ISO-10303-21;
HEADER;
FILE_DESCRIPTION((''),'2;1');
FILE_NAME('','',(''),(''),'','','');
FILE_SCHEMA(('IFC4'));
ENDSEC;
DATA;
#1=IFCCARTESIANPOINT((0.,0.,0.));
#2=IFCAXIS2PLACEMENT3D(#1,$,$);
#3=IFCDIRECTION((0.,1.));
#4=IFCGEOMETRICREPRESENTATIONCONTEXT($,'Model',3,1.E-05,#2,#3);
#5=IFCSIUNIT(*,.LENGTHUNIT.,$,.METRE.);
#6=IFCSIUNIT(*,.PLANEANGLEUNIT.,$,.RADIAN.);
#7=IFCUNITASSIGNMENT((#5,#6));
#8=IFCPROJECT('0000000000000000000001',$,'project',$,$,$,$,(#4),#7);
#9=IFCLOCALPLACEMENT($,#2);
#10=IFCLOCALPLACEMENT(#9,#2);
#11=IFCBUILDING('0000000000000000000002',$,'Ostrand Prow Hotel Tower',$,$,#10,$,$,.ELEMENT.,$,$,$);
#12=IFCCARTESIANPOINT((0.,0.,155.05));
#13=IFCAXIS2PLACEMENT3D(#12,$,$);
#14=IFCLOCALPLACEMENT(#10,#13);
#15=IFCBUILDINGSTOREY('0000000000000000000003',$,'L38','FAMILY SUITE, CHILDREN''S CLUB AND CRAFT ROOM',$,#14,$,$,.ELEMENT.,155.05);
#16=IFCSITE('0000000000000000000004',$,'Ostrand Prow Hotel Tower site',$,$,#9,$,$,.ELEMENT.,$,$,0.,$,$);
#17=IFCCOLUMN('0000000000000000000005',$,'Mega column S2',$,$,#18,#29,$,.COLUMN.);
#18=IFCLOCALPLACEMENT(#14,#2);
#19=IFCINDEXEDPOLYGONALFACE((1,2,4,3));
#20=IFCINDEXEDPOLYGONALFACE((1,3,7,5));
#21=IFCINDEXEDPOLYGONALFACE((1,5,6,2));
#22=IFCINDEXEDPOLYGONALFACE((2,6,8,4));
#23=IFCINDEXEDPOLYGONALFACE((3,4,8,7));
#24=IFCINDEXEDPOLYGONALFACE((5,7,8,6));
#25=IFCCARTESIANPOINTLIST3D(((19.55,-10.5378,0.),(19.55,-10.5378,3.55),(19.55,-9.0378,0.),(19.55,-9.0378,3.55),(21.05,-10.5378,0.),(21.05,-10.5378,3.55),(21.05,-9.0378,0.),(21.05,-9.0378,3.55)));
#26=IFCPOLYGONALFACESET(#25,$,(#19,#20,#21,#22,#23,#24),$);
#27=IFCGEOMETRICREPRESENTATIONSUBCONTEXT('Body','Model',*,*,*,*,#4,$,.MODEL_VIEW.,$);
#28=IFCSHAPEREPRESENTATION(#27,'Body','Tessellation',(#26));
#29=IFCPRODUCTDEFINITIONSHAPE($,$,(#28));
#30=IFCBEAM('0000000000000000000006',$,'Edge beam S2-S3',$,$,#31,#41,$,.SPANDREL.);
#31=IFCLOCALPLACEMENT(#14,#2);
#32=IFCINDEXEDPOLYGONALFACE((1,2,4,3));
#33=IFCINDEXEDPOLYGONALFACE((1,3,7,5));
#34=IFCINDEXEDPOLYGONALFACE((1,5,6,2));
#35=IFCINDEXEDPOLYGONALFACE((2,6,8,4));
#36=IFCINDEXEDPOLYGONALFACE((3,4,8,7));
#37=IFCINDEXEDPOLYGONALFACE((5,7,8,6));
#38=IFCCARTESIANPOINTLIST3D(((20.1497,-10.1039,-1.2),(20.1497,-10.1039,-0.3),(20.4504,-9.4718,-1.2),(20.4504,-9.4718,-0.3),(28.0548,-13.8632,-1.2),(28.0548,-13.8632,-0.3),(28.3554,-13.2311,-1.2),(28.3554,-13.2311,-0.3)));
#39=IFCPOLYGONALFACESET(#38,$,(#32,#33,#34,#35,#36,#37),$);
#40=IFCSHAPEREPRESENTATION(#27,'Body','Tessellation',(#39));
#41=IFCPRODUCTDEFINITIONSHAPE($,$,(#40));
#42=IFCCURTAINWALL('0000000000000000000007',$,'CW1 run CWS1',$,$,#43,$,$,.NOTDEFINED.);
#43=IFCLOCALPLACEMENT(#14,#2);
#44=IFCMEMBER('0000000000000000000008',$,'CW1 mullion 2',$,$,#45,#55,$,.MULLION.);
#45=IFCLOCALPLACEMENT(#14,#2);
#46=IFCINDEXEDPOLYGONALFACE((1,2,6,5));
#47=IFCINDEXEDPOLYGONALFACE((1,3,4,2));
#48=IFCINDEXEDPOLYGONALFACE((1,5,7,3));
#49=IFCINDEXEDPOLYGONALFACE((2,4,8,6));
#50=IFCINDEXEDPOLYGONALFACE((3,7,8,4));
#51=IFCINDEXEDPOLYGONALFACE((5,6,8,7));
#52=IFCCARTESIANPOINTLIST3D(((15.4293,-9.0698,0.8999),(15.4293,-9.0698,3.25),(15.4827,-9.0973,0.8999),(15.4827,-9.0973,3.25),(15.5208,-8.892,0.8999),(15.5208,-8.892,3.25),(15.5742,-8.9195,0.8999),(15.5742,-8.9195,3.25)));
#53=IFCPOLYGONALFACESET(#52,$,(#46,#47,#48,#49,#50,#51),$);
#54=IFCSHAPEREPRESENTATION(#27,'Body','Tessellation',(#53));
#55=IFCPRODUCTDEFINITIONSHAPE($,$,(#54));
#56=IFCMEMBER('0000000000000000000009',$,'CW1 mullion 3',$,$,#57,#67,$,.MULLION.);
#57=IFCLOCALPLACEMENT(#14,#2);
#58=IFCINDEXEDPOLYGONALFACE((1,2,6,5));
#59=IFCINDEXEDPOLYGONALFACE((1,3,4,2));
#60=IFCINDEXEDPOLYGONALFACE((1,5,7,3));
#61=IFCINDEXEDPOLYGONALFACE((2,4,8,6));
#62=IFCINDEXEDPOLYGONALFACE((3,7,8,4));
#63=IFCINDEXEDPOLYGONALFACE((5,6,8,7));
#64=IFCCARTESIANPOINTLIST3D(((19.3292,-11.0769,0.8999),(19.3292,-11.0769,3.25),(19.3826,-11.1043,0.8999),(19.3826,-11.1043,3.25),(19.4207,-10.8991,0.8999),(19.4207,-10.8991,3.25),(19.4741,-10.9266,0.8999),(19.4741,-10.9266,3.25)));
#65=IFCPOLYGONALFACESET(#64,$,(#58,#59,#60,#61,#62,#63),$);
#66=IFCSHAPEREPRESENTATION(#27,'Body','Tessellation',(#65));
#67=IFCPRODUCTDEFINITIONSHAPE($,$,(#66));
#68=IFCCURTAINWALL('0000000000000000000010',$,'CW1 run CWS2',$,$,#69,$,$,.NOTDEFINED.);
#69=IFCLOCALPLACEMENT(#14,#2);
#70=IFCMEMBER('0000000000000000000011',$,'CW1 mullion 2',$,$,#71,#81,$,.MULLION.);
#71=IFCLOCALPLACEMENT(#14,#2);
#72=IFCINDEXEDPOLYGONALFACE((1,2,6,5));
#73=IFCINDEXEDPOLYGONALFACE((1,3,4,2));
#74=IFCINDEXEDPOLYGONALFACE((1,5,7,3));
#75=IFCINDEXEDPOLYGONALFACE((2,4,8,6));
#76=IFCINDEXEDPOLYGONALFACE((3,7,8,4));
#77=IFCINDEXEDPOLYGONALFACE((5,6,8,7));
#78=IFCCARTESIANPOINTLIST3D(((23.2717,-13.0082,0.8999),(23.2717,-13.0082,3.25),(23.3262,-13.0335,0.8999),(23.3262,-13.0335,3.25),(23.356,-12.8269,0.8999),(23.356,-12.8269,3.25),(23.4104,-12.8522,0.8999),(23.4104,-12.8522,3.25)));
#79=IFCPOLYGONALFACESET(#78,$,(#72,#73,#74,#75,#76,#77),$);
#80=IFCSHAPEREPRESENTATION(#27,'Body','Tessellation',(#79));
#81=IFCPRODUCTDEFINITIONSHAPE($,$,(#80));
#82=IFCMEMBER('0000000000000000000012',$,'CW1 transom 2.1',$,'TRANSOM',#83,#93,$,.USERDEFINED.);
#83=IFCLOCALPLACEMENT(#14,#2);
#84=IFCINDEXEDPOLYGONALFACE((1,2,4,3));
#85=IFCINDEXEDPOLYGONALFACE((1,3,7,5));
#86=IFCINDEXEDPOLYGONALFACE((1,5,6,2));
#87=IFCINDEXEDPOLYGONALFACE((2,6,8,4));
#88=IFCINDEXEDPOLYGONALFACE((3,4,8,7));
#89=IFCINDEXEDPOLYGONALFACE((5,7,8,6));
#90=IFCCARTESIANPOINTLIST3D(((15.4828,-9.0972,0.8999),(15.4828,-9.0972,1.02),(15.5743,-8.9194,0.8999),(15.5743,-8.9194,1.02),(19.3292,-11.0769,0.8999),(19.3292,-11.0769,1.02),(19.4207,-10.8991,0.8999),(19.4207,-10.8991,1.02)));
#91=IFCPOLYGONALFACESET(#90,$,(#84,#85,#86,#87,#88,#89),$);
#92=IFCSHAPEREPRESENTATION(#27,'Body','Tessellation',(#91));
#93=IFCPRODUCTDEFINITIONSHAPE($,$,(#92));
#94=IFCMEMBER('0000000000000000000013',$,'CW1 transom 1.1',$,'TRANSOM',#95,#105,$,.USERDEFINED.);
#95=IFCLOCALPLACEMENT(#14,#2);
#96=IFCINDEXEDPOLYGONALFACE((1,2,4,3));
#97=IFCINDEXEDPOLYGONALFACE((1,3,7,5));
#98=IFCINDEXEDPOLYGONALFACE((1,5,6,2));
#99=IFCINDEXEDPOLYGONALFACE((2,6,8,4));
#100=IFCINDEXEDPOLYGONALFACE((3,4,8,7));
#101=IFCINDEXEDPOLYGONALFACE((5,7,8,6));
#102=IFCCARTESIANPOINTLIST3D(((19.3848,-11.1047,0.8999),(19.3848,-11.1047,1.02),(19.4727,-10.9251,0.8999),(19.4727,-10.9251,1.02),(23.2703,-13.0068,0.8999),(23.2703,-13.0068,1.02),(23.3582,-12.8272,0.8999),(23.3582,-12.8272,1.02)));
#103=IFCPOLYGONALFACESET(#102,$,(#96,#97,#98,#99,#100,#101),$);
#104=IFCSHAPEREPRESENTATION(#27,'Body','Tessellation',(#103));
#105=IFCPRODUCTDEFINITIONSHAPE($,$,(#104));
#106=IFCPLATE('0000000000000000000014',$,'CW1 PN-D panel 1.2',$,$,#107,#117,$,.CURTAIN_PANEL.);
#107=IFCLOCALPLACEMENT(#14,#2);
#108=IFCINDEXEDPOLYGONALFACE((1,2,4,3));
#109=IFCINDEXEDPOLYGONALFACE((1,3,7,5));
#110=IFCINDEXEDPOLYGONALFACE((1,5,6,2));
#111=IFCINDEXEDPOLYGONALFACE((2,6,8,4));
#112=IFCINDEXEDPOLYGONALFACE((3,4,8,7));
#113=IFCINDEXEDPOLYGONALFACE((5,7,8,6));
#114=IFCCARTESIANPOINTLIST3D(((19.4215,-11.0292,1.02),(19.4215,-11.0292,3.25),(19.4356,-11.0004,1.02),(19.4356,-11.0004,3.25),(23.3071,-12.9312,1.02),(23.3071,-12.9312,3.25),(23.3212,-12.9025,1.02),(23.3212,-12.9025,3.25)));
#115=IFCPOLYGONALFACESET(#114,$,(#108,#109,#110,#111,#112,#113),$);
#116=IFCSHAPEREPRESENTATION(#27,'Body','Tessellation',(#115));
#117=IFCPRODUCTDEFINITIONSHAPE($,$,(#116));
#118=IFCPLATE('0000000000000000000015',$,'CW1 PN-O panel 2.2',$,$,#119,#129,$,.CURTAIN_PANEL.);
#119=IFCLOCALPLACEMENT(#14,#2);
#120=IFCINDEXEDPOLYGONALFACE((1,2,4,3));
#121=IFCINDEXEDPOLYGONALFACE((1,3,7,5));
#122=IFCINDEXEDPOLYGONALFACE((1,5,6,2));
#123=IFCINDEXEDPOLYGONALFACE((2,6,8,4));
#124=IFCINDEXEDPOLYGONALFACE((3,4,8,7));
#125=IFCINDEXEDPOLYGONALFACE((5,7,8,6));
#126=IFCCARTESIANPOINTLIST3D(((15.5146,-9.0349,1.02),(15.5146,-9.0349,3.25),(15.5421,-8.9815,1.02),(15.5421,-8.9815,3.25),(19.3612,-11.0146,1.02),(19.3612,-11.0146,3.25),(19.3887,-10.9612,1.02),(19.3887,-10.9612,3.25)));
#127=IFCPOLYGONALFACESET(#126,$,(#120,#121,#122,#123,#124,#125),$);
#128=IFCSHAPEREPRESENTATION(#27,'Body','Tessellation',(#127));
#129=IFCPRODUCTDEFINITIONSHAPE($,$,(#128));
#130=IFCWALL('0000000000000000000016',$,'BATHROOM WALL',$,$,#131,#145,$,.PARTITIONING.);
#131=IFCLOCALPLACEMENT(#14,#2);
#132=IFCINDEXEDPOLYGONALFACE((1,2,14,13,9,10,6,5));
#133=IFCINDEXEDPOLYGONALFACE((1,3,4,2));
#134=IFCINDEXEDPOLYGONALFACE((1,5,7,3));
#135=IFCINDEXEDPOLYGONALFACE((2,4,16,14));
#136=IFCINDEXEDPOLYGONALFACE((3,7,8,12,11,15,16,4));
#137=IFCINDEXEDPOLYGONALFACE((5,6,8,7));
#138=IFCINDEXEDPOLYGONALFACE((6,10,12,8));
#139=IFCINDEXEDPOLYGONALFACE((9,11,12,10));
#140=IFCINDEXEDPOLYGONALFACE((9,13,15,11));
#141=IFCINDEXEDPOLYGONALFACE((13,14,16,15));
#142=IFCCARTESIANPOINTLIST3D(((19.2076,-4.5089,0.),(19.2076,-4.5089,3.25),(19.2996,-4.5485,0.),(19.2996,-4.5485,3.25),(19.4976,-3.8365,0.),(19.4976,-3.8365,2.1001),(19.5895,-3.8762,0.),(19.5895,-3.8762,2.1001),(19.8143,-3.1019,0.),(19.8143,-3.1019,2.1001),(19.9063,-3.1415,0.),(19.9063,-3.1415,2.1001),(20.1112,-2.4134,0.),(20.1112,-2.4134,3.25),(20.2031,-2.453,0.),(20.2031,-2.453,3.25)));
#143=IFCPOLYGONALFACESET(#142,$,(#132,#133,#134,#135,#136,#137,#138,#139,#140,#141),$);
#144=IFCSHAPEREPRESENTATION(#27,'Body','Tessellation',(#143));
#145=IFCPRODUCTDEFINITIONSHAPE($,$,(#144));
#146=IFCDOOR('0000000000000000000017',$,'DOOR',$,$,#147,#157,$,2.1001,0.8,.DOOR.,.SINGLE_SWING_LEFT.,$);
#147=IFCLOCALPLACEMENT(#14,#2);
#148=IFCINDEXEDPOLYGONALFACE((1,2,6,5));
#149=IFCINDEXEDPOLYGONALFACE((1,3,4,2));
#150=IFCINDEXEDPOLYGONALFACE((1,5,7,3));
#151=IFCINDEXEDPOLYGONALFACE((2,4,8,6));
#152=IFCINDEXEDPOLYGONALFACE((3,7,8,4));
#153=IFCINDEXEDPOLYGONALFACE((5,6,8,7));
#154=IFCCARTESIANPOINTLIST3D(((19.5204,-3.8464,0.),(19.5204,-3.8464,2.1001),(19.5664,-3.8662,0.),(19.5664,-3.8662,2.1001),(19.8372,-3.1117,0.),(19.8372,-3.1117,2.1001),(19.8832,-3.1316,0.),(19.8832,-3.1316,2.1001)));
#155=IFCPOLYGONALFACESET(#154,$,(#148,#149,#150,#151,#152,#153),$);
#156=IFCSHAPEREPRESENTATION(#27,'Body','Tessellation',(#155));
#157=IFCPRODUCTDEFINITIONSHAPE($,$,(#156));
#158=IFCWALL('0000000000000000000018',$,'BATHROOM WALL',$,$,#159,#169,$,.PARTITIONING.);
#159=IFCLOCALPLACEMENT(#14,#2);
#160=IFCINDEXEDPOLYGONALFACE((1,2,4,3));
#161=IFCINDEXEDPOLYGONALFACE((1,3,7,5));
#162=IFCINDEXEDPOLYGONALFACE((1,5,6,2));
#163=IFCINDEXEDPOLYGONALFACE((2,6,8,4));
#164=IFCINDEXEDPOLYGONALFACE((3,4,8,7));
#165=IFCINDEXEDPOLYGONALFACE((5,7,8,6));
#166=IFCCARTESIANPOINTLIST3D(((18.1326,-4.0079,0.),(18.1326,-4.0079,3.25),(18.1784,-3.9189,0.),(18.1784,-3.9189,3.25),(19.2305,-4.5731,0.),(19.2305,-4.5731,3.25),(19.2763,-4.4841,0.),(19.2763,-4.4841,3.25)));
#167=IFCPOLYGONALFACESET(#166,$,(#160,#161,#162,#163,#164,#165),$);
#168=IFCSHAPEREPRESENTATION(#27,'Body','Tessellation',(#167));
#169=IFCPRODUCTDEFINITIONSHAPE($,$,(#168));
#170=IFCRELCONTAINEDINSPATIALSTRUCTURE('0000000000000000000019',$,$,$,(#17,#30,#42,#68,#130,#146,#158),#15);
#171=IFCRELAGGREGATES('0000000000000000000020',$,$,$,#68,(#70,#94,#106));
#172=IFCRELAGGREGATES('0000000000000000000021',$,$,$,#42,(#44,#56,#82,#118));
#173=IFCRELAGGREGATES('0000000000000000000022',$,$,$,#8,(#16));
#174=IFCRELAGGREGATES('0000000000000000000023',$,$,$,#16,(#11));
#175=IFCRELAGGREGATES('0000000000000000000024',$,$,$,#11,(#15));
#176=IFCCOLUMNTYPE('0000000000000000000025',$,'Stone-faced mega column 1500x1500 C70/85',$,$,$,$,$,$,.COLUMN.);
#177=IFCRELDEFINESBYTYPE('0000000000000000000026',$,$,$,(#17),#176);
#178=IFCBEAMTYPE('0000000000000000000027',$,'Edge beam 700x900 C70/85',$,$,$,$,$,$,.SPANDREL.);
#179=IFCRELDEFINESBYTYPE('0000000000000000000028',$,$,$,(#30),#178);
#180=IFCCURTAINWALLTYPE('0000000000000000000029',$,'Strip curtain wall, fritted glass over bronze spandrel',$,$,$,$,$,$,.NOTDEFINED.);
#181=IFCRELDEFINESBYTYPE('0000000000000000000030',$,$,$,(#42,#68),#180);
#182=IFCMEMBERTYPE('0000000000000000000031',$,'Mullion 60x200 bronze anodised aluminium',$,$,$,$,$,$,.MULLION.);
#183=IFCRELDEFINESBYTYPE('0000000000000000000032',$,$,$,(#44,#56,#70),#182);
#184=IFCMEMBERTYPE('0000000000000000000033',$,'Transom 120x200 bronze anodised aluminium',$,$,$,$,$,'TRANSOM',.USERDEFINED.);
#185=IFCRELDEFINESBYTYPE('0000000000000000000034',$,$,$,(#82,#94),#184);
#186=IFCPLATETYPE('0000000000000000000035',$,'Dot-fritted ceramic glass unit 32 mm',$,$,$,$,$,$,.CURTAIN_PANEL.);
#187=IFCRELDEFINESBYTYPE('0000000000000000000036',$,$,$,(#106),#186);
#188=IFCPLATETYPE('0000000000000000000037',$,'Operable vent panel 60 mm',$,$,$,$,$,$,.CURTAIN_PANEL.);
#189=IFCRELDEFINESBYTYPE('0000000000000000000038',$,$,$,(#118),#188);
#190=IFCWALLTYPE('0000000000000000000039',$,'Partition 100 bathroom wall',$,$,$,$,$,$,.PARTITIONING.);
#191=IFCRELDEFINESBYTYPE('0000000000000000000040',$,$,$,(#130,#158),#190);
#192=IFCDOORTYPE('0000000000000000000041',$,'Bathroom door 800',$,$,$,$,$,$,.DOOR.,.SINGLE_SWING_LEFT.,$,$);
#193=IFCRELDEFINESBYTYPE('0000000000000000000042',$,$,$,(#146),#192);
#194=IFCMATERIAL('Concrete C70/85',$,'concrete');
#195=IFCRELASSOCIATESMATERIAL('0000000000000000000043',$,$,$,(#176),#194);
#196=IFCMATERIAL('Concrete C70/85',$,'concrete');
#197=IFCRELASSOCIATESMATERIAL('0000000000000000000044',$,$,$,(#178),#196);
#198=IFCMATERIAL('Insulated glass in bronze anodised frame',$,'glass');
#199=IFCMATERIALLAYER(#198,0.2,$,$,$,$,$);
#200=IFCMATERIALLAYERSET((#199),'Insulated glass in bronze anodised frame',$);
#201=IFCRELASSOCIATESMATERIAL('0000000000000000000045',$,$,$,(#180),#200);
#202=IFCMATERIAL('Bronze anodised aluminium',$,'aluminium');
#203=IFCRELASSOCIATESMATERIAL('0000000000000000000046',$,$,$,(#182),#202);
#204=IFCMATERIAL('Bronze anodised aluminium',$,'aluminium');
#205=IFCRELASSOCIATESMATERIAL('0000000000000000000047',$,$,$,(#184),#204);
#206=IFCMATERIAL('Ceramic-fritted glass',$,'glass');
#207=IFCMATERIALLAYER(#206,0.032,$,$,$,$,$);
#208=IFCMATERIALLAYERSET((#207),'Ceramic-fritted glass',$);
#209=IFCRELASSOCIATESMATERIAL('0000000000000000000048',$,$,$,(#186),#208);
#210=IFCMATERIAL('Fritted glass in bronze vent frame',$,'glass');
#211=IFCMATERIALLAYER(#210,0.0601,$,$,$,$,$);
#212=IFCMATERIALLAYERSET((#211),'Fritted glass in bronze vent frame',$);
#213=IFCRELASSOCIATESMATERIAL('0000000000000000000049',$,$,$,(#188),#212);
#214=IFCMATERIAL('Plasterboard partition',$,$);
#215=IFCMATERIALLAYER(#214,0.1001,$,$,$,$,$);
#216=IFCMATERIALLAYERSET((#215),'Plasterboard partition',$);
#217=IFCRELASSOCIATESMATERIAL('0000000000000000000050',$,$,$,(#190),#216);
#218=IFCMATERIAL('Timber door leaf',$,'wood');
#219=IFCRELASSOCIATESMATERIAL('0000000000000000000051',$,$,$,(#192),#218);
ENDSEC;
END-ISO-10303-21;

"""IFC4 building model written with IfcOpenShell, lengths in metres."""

from ifc_helpers import new_model, si_unit, direction, frame, frame_2d, origin, origin_2d, place, context, subcontext, project, spatial, rectangle, extrude, material, layer, layer_set, material_profile, profile_set, type_object, element, fill, aggregate, save


model = new_model("IFC4")

# Units and contexts
model_context = context("Model", 3, precision=1e-05, world=origin(), true_north=direction((0.0, 1.0)))
body_context = subcontext(model_context, "Body", "Model", "MODEL_VIEW")
ifc_project = project(units=[si_unit("LENGTHUNIT", "METRE"), si_unit("PLANEANGLEUNIT", "RADIAN")], contexts=[model_context])

# Site, building, storey
site_placement = place(None, origin())
site = spatial("IfcSite", under=ifc_project, at=site_placement, Name="Ostrand Prow Hotel Tower site", CompositionType="ELEMENT", RefElevation=0.0)
building_placement = place(site_placement, origin())
building = spatial("IfcBuilding", under=site, at=building_placement, Name="Ostrand Prow Hotel Tower", CompositionType="ELEMENT")
storey_placement = place(building_placement, frame((0.0, 0.0, 155.05)))
storey = spatial("IfcBuildingStorey", under=building, at=storey_placement, Name="L38", Description="FAMILY SUITE, CHILDREN'S CLUB AND CRAFT ROOM", CompositionType="ELEMENT", Elevation=155.05)

# Column
ifc_material_1 = material(Name="Concrete C70/85", Category="concrete")
ifc_material_profile_1 = material_profile(ifc_material_1, rectangle(XDim=1.5, YDim=1.5, at=origin_2d()), Name="RC 1500x1500")
ifc_profile_set_1 = profile_set([ifc_material_profile_1], Name="Concrete C70/85")
column_type = type_object("IfcColumnType", Name="Stone-faced mega column 1500x1500 C70/85", PredefinedType="COLUMN", material=ifc_profile_set_1)
column_placement = place(storey_placement, frame((20.3, -9.7878, 0.0), z_axis=(0.0, 0.0, 1.0), x_axis=(1.0, 0.0, 0.0)))
element("IfcColumn", 1, at=column_placement, inside=storey, type_object=column_type, Name="Mega column S2", PredefinedType="COLUMN", context=body_context, shape_type="SweptSolid", body=[
    extrude(rectangle(XDim=1.5, YDim=1.5, at=origin_2d()), origin(), (0.0, 0.0, 1.0), 3.55),
])

# Beam
ifc_material_2 = material(Name="Concrete C70/85", Category="concrete")
ifc_material_profile_2 = material_profile(ifc_material_2, rectangle(XDim=0.7, YDim=0.8999, at=origin_2d()), Name="RC 700x900")
ifc_profile_set_2 = profile_set([ifc_material_profile_2], Name="Concrete C70/85")
beam_type = type_object("IfcBeamType", Name="Edge beam 700x900 C70/85", PredefinedType="SPANDREL", material=ifc_profile_set_2)
beam_placement = place(storey_placement, frame((20.3, -9.7878, -0.75), z_axis=(0.903083, -0.429466, 0.0), x_axis=(0.429466, 0.903083, 0.0)))
element("IfcBeam", 2, at=beam_placement, inside=storey, type_object=beam_type, Name="Edge beam S2-S3", PredefinedType="SPANDREL", context=body_context, shape_type="SweptSolid", body=[
    extrude(rectangle(XDim=0.7, YDim=0.8999, at=origin_2d()), origin(), (0.0, 0.0, 1.0), 8.7534),
])

# Curtain wall, members
ifc_material_3 = material(Name="Insulated glass in bronze anodised frame", Category="glass")
ifc_layer_1 = layer(ifc_material_3, 0.2)
ifc_layer_set_1 = layer_set([ifc_layer_1], Name="Insulated glass in bronze anodised frame")
curtain_wall_type = type_object("IfcCurtainWallType", Name="Strip curtain wall, fritted glass over bronze spandrel", PredefinedType="NOTDEFINED", material=ifc_layer_set_1)
curtain_wall_1_placement = place(storey_placement, origin())
curtain_wall_1 = element("IfcCurtainWall", 3, at=curtain_wall_1_placement, inside=storey, type_object=curtain_wall_type, Name="CW1 run CWS1", PredefinedType="NOTDEFINED")
ifc_material_4 = material(Name="Bronze anodised aluminium", Category="aluminium")
ifc_material_profile_3 = material_profile(ifc_material_4, rectangle(XDim=0.2, YDim=0.0601, at=origin_2d()), Name="Mullion 60x200 bronze anodised aluminium")
ifc_profile_set_3 = profile_set([ifc_material_profile_3], Name="Bronze anodised aluminium")
member_type_1 = type_object("IfcMemberType", Name="Mullion 60x200 bronze anodised aluminium", PredefinedType="MULLION", material=ifc_profile_set_3)
member_1_placement = place(storey_placement, frame((15.5017, -8.9946, 0.8999), z_axis=(0.0, 0.0, 1.0), x_axis=(0.457619, 0.889148, 0.0)))
member_1 = element("IfcMember", 4, at=member_1_placement, type_object=member_type_1, Name="CW1 mullion 2", PredefinedType="MULLION", context=body_context, shape_type="SweptSolid", body=[
    extrude(rectangle(XDim=0.2, YDim=0.0601, at=origin_2d()), origin(), (0.0, 0.0, 1.0), 2.3501),
])
member_2_placement = place(storey_placement, frame((19.4016, -11.0017, 0.8999), z_axis=(0.0, 0.0, 1.0), x_axis=(0.457619, 0.889148, 0.0)))
member_2 = element("IfcMember", 5, at=member_2_placement, type_object=member_type_1, Name="CW1 mullion 3", PredefinedType="MULLION", context=body_context, shape_type="SweptSolid", body=[
    extrude(rectangle(XDim=0.2, YDim=0.0601, at=origin_2d()), origin(), (0.0, 0.0, 1.0), 2.3501),
])

# Curtain wall, member
curtain_wall_2_placement = place(storey_placement, origin())
curtain_wall_2 = element("IfcCurtainWall", 6, at=curtain_wall_2_placement, inside=storey, type_object=curtain_wall_type, Name="CW1 run CWS2", PredefinedType="NOTDEFINED")
member_3_placement = place(storey_placement, frame((23.3411, -12.9302, 0.8999), z_axis=(0.0, 0.0, 1.0), x_axis=(0.421522, 0.906818, 0.0)))
member_3 = element("IfcMember", 7, at=member_3_placement, type_object=member_type_1, Name="CW1 mullion 2", PredefinedType="MULLION", context=body_context, shape_type="SweptSolid", body=[
    extrude(rectangle(XDim=0.2, YDim=0.0601, at=origin_2d()), origin(), (0.0, 0.0, 1.0), 2.3501),
])

# Members
ifc_material_5 = material(Name="Bronze anodised aluminium", Category="aluminium")
ifc_material_profile_4 = material_profile(ifc_material_5, rectangle(XDim=0.2, YDim=0.1201, at=origin_2d()), Name="Transom 120x200 bronze anodised aluminium")
ifc_profile_set_4 = profile_set([ifc_material_profile_4], Name="Bronze anodised aluminium")
member_type_2 = type_object("IfcMemberType", Name="Transom 120x200 bronze anodised aluminium", ElementType="TRANSOM", PredefinedType="USERDEFINED", material=ifc_profile_set_4)
member_4_placement = place(storey_placement, frame((15.5286, -9.0083, 0.96), z_axis=(0.88914, -0.457635, 0.0), x_axis=(0.457635, 0.88914, 0.0)))
member_4 = element("IfcMember", 8, at=member_4_placement, type_object=member_type_2, Name="CW1 transom 2.1", ObjectType="TRANSOM", PredefinedType="USERDEFINED", context=body_context, shape_type="SweptSolid", body=[
    extrude(rectangle(XDim=0.2, YDim=0.1201, at=origin_2d()), origin(), (0.0, 0.0, 1.0), 4.3259),
])
member_5_placement = place(storey_placement, frame((19.4287, -11.0149, 0.96), z_axis=(0.898154, -0.439681, 0.0), x_axis=(0.439681, 0.898154, 0.0)))
member_5 = element("IfcMember", 9, at=member_5_placement, type_object=member_type_2, Name="CW1 transom 1.1", ObjectType="TRANSOM", PredefinedType="USERDEFINED", context=body_context, shape_type="SweptSolid", body=[
    extrude(rectangle(XDim=0.2, YDim=0.1201, at=origin_2d()), origin(), (0.0, 0.0, 1.0), 4.3262),
])

# Plates
ifc_material_6 = material(Name="Ceramic-fritted glass", Category="glass")
ifc_layer_2 = layer(ifc_material_6, 0.032)
ifc_layer_set_2 = layer_set([ifc_layer_2], Name="Ceramic-fritted glass")
plate_type_1 = type_object("IfcPlateType", Name="Dot-fritted ceramic glass unit 32 mm", PredefinedType="CURTAIN_PANEL", material=ifc_layer_set_2)
plate_1_placement = place(storey_placement, frame((21.3713, -11.9658, 1.02), z_axis=(0.0, 0.0, 1.0), x_axis=(0.898165, -0.439659, 0.0)))
plate_1 = element("IfcPlate", 10, at=plate_1_placement, type_object=plate_type_1, Name="CW1 PN-D panel 1.2", PredefinedType="CURTAIN_PANEL", context=body_context, shape_type="SweptSolid", body=[
    extrude(rectangle(XDim=4.3262, YDim=0.032, at=origin_2d()), origin(), (0.0, 0.0, 1.0), 2.23),
])
aggregate(curtain_wall_2, [member_3, member_5, plate_1])
ifc_material_7 = material(Name="Fritted glass in bronze vent frame", Category="glass")
ifc_layer_3 = layer(ifc_material_7, 0.0601)
ifc_layer_set_3 = layer_set([ifc_layer_3], Name="Fritted glass in bronze vent frame")
plate_type_2 = type_object("IfcPlateType", Name="Operable vent panel 60 mm", PredefinedType="CURTAIN_PANEL", material=ifc_layer_set_3)
plate_2_placement = place(storey_placement, frame((17.4517, -9.998, 1.02), z_axis=(0.0, 0.0, 1.0), x_axis=(0.889148, -0.457619, 0.0)))
plate_2 = element("IfcPlate", 11, at=plate_2_placement, type_object=plate_type_2, Name="CW1 PN-O panel 2.2", PredefinedType="CURTAIN_PANEL", context=body_context, shape_type="SweptSolid", body=[
    extrude(rectangle(XDim=4.3262, YDim=0.0601, at=origin_2d()), origin(), (0.0, 0.0, 1.0), 2.23),
])
aggregate(curtain_wall_1, [member_1, member_2, member_4, plate_2])

# Wall, opening, door
ifc_material_8 = material(Name="Plasterboard partition")
ifc_layer_4 = layer(ifc_material_8, 0.1001)
ifc_layer_set_4 = layer_set([ifc_layer_4], Name="Plasterboard partition")
wall_type_1 = type_object("IfcWallType", Name="Partition 100 bathroom wall", PredefinedType="PARTITIONING", material=ifc_layer_set_4)
wall_1_placement = place(storey_placement, frame((20.1572, -2.4331, 0.0), z_axis=(0.0, 0.0, 1.0), x_axis=(-0.395958, -0.918268, 0.0)))
wall_1 = element("IfcWall", 12, at=wall_1_placement, inside=storey, type_object=wall_type_1, Name="BATHROOM WALL", PredefinedType="PARTITIONING", context=body_context, shape_type="SweptSolid", body=[
    extrude(rectangle(XDim=2.282, YDim=0.1001, at=frame_2d((1.1411, 0.0))), origin(), (0.0, 0.0, 1.0), 3.25),
])
opening_1_placement = place(wall_1_placement, frame((0.75, 0.0, 0.0)))
opening_1 = element("IfcOpeningElement", 13, at=opening_1_placement, cuts=wall_1, PredefinedType="OPENING", context=body_context, shape_type="SweptSolid", body=[
    extrude(rectangle(XDim=0.8, YDim=2.1001, at=frame_2d((0.3999, 1.05))), frame((0.0, 0.0601, 0.0), z_axis=(0.0, -1.0, 0.0), x_axis=(1.0, 0.0, 0.0)), (0.0, 0.0, 1.0), 0.1201),
])
ifc_material_9 = material(Name="Timber door leaf", Category="wood")
door_type_1 = type_object("IfcDoorType", Name="Bathroom door 800", OperationType="SINGLE_SWING_LEFT", PredefinedType="DOOR", material=ifc_material_9)
door_1_placement = place(opening_1_placement, origin())
door_1 = element("IfcDoor", 14, at=door_1_placement, inside=storey, type_object=door_type_1, Name="DOOR", OperationType="SINGLE_SWING_LEFT", OverallHeight=2.1001, OverallWidth=0.8, PredefinedType="DOOR", context=body_context, shape_type="SweptSolid", body=[
    extrude(rectangle(XDim=0.8, YDim=2.1001, at=frame_2d((0.3999, 1.05))), frame((0.0, 0.0249, 0.0), z_axis=(0.0, -1.0, 0.0), x_axis=(1.0, 0.0, 0.0)), (0.0, 0.0, 1.0), 0.05),
])
fill(opening_1, door_1)

# Wall
wall_2_placement = place(storey_placement, frame((19.2534, -4.5286, 0.0), z_axis=(0.0, 0.0, 1.0), x_axis=(-0.889106, 0.457701, 0.0)))
element("IfcWall", 15, at=wall_2_placement, inside=storey, type_object=wall_type_1, Name="BATHROOM WALL", PredefinedType="PARTITIONING", context=body_context, shape_type="SweptSolid", body=[
    extrude(rectangle(XDim=1.2349, YDim=0.1001, at=frame_2d((0.6174, 0.0))), origin(), (0.0, 0.0, 1.0), 3.25),
])

save(model, "model.ifc")
